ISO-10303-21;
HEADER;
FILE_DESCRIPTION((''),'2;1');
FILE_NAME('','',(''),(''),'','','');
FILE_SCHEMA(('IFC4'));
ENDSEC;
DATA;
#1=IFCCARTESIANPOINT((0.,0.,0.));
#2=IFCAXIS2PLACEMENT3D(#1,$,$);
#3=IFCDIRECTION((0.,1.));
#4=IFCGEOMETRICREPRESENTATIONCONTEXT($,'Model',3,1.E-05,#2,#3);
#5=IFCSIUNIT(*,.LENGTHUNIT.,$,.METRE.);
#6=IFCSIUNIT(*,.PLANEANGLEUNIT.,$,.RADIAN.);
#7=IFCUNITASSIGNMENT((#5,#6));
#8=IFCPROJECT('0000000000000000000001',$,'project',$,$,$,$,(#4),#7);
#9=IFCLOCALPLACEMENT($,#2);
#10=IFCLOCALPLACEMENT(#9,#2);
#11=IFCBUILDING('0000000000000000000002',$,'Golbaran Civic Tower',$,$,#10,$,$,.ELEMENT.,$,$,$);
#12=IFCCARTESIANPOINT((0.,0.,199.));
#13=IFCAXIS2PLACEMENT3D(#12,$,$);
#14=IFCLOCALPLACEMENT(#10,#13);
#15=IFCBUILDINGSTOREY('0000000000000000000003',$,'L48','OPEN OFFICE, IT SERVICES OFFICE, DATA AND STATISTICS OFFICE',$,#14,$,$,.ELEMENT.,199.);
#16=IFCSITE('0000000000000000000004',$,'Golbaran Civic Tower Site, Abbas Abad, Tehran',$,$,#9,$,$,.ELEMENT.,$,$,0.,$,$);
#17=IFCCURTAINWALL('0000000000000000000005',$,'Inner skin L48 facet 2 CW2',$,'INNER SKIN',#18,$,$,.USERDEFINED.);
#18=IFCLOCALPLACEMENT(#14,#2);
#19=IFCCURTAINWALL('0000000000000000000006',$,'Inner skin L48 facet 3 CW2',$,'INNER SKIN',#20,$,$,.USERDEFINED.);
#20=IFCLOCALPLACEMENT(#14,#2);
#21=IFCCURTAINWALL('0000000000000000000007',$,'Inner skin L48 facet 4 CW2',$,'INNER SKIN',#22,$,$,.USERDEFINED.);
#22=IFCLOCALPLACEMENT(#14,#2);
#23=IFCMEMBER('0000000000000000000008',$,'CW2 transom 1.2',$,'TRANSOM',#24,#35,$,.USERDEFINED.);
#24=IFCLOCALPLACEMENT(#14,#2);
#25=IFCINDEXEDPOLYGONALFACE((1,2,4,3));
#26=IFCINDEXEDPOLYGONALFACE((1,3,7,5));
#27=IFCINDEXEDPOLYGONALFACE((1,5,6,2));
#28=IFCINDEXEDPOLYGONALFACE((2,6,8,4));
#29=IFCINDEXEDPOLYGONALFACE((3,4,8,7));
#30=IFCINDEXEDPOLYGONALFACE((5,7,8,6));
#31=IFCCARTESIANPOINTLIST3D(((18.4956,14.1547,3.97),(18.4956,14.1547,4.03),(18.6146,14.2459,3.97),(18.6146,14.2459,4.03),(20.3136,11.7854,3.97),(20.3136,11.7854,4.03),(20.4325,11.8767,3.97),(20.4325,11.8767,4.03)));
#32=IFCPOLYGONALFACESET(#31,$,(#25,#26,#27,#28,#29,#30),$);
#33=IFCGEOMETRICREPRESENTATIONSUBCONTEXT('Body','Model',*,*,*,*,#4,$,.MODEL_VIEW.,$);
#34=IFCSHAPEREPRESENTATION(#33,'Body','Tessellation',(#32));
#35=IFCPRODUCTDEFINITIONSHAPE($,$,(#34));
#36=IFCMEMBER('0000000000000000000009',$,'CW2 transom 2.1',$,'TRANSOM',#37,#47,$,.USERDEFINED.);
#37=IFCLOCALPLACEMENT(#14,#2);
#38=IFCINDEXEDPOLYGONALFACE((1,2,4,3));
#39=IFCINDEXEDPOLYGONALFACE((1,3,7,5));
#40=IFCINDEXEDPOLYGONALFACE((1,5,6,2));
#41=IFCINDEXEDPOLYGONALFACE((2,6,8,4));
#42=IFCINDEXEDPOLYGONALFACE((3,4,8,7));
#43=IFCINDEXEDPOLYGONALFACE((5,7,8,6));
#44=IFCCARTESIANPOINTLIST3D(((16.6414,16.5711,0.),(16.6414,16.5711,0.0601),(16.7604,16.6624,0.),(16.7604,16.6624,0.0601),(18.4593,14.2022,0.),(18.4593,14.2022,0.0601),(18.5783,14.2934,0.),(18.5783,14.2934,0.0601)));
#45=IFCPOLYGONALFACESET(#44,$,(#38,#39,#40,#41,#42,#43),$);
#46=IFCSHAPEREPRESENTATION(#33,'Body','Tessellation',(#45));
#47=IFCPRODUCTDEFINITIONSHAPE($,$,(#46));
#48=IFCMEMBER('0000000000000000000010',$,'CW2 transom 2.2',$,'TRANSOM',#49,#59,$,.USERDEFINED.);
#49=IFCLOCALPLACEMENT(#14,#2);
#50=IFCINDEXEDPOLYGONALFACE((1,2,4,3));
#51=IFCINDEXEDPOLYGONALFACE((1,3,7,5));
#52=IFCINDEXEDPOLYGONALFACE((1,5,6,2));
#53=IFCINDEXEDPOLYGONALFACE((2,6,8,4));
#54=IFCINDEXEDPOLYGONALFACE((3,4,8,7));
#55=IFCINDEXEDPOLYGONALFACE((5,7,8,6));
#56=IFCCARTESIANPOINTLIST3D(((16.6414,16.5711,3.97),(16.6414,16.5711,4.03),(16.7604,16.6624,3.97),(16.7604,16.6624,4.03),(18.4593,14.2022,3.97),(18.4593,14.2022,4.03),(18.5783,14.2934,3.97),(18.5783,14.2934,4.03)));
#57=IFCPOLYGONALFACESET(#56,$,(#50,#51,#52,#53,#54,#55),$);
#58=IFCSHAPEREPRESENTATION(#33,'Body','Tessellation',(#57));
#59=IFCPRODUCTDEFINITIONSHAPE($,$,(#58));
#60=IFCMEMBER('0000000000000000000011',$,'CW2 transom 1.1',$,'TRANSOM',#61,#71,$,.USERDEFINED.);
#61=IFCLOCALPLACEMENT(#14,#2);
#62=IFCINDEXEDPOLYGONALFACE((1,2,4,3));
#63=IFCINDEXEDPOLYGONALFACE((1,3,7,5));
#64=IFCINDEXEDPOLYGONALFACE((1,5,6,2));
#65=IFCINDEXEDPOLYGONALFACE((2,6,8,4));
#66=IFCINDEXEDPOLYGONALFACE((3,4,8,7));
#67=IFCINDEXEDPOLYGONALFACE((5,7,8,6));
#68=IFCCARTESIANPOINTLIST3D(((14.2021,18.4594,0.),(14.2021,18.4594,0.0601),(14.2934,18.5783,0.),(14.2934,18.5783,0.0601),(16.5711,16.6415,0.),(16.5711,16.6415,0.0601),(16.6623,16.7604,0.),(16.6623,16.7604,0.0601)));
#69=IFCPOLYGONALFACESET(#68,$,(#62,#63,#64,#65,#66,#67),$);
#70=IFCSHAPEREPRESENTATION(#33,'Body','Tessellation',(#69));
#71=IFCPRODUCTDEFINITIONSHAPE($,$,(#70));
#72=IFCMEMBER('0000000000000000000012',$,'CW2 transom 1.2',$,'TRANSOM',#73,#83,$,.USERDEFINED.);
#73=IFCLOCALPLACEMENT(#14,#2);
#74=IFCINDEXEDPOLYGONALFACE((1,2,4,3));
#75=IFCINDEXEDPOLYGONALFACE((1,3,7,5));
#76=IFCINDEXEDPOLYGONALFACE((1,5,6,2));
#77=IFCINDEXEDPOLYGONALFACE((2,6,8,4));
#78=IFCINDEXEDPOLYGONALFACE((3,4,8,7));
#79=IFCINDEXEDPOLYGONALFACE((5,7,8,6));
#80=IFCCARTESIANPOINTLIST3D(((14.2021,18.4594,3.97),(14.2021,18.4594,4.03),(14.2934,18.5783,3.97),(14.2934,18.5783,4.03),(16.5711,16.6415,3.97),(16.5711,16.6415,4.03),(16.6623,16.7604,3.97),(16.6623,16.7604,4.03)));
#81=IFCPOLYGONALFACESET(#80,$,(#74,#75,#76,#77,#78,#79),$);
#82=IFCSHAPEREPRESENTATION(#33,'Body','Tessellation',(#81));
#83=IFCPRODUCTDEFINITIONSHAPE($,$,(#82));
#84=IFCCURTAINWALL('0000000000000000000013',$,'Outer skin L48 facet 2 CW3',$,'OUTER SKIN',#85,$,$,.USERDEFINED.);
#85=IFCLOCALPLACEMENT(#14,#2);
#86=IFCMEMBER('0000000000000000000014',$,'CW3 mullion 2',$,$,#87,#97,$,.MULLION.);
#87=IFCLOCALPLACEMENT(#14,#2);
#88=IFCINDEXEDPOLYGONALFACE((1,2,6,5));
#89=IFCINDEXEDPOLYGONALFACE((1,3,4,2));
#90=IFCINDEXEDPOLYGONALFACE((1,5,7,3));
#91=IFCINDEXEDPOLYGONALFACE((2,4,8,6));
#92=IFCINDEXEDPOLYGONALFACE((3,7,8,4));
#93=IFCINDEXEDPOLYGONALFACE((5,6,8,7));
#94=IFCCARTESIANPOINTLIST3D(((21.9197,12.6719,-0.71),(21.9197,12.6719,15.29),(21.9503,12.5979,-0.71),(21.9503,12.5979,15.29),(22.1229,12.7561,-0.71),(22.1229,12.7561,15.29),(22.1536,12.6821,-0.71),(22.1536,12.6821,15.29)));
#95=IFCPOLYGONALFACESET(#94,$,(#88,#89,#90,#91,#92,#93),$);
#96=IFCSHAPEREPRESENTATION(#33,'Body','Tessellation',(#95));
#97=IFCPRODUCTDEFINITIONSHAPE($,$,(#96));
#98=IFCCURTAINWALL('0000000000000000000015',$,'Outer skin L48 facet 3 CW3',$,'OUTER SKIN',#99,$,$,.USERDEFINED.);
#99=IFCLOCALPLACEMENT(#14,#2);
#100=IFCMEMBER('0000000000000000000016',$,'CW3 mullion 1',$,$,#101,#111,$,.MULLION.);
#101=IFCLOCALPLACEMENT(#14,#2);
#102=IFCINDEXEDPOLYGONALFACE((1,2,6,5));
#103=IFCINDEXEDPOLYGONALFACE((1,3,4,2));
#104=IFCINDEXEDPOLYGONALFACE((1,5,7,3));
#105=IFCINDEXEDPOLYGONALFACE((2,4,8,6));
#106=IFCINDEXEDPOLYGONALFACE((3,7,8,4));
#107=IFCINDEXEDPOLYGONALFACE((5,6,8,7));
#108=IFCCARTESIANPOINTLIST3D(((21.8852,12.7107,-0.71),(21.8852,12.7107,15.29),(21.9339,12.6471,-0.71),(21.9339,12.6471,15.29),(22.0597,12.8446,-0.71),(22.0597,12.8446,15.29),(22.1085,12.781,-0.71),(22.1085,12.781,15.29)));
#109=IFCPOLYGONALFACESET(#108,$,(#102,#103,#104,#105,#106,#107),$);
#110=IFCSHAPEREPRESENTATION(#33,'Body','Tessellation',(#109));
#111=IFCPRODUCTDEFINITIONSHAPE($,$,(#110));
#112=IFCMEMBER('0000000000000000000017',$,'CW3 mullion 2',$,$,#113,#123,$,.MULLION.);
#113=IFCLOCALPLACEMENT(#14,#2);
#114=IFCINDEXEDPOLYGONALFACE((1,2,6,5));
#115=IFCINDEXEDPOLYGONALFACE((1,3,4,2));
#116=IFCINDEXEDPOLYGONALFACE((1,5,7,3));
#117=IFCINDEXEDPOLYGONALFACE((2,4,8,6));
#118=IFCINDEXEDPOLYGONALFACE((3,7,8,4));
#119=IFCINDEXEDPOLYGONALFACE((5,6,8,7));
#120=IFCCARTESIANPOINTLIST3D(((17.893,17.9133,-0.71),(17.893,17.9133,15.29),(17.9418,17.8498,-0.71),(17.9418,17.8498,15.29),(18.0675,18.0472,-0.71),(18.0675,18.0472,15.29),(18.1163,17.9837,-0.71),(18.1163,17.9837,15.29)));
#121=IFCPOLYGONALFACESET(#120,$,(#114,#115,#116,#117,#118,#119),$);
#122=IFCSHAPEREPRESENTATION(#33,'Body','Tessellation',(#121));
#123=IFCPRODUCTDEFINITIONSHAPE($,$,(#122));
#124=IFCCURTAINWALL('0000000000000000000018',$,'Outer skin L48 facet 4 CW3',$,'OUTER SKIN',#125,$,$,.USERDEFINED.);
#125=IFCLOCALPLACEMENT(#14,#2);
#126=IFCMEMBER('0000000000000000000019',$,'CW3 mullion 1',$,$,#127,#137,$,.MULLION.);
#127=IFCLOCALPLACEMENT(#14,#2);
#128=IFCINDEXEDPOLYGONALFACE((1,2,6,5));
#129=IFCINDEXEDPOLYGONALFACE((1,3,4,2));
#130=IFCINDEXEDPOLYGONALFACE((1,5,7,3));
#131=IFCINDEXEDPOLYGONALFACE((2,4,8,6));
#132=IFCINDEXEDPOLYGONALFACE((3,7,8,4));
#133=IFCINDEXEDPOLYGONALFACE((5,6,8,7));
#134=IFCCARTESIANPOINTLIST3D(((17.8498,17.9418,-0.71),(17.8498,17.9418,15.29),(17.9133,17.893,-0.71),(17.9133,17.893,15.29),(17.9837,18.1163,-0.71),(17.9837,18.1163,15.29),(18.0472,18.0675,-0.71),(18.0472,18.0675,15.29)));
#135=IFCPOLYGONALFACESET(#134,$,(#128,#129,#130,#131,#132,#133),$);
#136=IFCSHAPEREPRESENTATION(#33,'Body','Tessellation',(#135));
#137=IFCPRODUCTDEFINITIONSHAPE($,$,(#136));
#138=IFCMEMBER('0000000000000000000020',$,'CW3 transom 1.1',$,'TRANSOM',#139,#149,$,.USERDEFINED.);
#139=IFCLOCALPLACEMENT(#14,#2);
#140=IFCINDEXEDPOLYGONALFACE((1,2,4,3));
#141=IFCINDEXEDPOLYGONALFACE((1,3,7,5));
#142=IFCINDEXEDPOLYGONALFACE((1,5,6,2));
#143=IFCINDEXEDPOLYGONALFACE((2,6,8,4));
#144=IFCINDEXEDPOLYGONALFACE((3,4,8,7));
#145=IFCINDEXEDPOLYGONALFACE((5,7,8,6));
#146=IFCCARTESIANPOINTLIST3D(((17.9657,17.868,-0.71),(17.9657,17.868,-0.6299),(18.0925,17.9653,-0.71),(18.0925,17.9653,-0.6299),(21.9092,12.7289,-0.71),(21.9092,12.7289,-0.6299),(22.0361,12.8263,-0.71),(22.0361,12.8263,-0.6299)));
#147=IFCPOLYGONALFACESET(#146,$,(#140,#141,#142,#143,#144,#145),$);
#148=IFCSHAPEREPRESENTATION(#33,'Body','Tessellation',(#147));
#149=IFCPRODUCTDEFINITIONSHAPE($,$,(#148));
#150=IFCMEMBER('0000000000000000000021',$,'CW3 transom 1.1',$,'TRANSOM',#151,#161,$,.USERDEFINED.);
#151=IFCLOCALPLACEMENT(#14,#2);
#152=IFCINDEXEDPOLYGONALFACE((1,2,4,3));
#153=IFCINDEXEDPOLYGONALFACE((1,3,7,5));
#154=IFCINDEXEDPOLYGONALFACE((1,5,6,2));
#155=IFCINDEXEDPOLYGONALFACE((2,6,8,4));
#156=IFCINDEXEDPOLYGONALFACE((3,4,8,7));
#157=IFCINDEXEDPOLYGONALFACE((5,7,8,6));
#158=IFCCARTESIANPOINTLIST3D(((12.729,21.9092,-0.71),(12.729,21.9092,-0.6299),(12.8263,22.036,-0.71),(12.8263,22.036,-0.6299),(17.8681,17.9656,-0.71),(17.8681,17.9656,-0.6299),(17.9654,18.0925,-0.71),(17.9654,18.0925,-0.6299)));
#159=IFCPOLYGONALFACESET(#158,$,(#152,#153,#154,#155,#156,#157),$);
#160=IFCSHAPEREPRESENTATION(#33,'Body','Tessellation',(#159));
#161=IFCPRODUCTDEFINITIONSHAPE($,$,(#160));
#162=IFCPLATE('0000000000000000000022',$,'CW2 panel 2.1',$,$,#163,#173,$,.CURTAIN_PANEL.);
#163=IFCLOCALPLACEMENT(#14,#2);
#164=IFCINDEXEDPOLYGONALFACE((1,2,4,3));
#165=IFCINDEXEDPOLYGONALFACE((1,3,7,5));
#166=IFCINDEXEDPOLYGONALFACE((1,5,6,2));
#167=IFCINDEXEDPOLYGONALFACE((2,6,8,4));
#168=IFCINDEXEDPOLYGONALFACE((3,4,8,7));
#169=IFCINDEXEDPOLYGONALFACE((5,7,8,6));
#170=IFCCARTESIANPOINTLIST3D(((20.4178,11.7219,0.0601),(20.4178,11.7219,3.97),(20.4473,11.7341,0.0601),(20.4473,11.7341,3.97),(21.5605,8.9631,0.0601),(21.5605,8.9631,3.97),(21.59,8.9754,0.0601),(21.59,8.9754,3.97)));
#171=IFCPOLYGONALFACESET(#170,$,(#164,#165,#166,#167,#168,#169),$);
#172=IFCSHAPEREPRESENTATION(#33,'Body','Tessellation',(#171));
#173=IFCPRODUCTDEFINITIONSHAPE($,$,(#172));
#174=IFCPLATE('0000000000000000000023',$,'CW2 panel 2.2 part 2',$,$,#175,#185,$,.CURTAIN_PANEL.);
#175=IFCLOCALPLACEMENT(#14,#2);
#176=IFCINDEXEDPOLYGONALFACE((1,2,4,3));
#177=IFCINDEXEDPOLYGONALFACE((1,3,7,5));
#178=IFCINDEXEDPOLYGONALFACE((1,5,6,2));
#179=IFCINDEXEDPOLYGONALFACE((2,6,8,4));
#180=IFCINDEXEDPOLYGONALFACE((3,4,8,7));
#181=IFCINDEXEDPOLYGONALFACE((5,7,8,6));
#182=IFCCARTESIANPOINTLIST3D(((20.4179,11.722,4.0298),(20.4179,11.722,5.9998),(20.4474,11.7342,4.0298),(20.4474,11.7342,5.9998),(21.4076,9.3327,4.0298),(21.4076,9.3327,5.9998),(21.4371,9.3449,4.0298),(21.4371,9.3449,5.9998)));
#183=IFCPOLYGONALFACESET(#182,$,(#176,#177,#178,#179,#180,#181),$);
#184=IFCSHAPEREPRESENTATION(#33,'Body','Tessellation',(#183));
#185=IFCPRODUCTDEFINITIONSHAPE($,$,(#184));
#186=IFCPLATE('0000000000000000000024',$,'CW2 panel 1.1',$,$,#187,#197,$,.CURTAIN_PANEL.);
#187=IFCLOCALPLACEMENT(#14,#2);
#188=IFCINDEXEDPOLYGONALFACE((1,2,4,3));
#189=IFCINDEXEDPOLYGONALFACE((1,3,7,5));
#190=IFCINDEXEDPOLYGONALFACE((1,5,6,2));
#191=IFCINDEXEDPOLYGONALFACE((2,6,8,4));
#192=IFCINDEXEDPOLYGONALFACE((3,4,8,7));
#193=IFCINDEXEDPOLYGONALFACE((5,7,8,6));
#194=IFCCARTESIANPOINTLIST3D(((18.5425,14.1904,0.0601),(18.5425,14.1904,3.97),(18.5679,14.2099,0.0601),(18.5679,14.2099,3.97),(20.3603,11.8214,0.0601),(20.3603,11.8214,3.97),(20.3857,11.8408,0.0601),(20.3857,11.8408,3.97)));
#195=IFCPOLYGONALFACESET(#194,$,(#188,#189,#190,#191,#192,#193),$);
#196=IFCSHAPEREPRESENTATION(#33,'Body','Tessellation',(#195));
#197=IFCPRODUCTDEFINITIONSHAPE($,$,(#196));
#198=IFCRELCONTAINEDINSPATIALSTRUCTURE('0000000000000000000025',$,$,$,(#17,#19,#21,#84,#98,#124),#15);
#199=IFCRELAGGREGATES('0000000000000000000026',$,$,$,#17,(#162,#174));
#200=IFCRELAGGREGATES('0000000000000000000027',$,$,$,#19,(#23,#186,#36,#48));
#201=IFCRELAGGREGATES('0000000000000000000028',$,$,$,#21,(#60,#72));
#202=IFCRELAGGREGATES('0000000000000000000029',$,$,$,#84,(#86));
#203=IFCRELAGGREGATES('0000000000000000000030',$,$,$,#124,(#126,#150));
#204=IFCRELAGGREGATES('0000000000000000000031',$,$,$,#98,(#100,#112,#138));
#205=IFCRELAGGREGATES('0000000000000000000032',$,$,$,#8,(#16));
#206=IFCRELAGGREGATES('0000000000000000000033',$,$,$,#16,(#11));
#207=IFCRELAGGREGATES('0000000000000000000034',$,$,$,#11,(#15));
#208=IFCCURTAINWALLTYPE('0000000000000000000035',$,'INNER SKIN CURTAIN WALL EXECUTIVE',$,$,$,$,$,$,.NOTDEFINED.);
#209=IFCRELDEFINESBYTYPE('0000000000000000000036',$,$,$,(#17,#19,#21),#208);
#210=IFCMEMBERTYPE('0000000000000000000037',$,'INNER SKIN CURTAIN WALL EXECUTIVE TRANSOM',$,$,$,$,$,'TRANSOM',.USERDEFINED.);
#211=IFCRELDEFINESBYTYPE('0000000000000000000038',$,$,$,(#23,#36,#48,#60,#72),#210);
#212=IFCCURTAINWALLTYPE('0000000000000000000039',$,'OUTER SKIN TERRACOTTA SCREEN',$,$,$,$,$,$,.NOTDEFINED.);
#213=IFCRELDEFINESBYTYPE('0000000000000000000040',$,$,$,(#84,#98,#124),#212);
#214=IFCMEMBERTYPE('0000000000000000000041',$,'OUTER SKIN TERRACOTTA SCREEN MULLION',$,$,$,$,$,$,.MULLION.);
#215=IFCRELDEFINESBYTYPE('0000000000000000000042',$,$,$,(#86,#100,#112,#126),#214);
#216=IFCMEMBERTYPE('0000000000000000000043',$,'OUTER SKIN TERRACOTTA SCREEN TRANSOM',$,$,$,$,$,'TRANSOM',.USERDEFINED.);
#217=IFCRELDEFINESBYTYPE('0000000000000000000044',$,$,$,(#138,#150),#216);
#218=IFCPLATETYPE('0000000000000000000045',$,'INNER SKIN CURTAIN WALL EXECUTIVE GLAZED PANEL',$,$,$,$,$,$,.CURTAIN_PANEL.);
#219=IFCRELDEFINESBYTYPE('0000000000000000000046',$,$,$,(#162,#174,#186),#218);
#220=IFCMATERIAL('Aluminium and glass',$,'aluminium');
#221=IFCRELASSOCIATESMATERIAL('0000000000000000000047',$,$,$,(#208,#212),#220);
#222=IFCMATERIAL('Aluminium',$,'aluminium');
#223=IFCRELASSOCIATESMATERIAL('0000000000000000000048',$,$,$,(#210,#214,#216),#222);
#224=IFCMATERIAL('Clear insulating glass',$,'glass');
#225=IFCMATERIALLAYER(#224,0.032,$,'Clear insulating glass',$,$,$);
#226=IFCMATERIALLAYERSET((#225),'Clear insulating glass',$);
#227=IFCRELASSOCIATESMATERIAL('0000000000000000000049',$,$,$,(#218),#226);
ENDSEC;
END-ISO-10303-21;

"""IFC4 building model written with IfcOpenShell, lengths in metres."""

from ifc_helpers import new_model, si_unit, direction, frame, origin, origin_2d, place, context, subcontext, project, spatial, rectangle, extrude, material, layer, layer_set, material_profile, profile_set, type_object, element, aggregate, save


model = new_model("IFC4")

# Units and contexts
model_context = context("Model", 3, precision=1e-05, world=origin(), true_north=direction((0.0, 1.0)))
body_context = subcontext(model_context, "Body", "Model", "MODEL_VIEW")
ifc_project = project(units=[si_unit("LENGTHUNIT", "METRE"), si_unit("PLANEANGLEUNIT", "RADIAN")], contexts=[model_context])

# Site, building, storey
site_placement = place(None, origin())
site = spatial("IfcSite", under=ifc_project, at=site_placement, Name="Golbaran Civic Tower Site, Abbas Abad, Tehran", CompositionType="ELEMENT", RefElevation=0.0)
building_placement = place(site_placement, origin())
building = spatial("IfcBuilding", under=site, at=building_placement, Name="Golbaran Civic Tower", CompositionType="ELEMENT")
storey_placement = place(building_placement, frame((0.0, 0.0, 199.0)))
storey = spatial("IfcBuildingStorey", under=building, at=storey_placement, Name="L48", Description="OPEN OFFICE, IT SERVICES OFFICE, DATA AND STATISTICS OFFICE", CompositionType="ELEMENT", Elevation=199.0)

# Curtain wall
ifc_material_1 = material(Name="Aluminium and glass", Category="aluminium")
curtain_wall_type_1 = type_object("IfcCurtainWallType", Name="INNER SKIN CURTAIN WALL EXECUTIVE", PredefinedType="NOTDEFINED", material=ifc_material_1)
curtain_wall_1_placement = place(storey_placement, origin())
curtain_wall_1 = element("IfcCurtainWall", 1, at=curtain_wall_1_placement, inside=storey, type_object=curtain_wall_type_1, Name="Inner skin L48 facet 2 CW2", ObjectType="INNER SKIN", PredefinedType="USERDEFINED")
ifc_material_2 = material(Name="Aluminium", Category="aluminium")

# Curtain wall
curtain_wall_2_placement = place(storey_placement, origin())
curtain_wall_2 = element("IfcCurtainWall", 2, at=curtain_wall_2_placement, inside=storey, type_object=curtain_wall_type_1, Name="Inner skin L48 facet 3 CW2", ObjectType="INNER SKIN", PredefinedType="USERDEFINED")

# Curtain wall
curtain_wall_3_placement = place(storey_placement, origin())
curtain_wall_3 = element("IfcCurtainWall", 3, at=curtain_wall_3_placement, inside=storey, type_object=curtain_wall_type_1, Name="Inner skin L48 facet 4 CW2", ObjectType="INNER SKIN", PredefinedType="USERDEFINED")

# Members
ifc_material_profile_1 = material_profile(ifc_material_2, rectangle(XDim=0.1499, YDim=0.0601, at=origin_2d()), Name="INNER SKIN CURTAIN WALL EXECUTIVE TRANSOM")
ifc_profile_set_1 = profile_set([ifc_material_profile_1], Name="Aluminium")
member_type_1 = type_object("IfcMemberType", Name="INNER SKIN CURTAIN WALL EXECUTIVE TRANSOM", ElementType="TRANSOM", PredefinedType="USERDEFINED", material=ifc_profile_set_1)
member_1_placement = place(storey_placement, frame((20.373, 11.8311, 4.0), z_axis=(-0.608754, 0.793359, 0.0), x_axis=(-0.793359, -0.608754, 0.0)))
member_1 = element("IfcMember", 4, at=member_1_placement, type_object=member_type_1, Name="CW2 transom 1.2", ObjectType="TRANSOM", PredefinedType="USERDEFINED", context=body_context, shape_type="SweptSolid", body=[
    extrude(rectangle(XDim=0.1499, YDim=0.0601, at=origin_2d()), origin(), (0.0, 0.0, 1.0), 2.9863),
])
member_2_placement = place(storey_placement, frame((18.5188, 14.2478, 0.03), z_axis=(-0.608794, 0.793329, 0.0), x_axis=(-0.793329, -0.608794, 0.0)))
member_2 = element("IfcMember", 5, at=member_2_placement, type_object=member_type_1, Name="CW2 transom 2.1", ObjectType="TRANSOM", PredefinedType="USERDEFINED", context=body_context, shape_type="SweptSolid", body=[
    extrude(rectangle(XDim=0.1499, YDim=0.0601, at=origin_2d()), origin(), (0.0, 0.0, 1.0), 2.9861),
])
member_3_placement = place(storey_placement, frame((18.5188, 14.2478, 4.0), z_axis=(-0.608794, 0.793329, 0.0), x_axis=(-0.793329, -0.608794, 0.0)))
member_3 = element("IfcMember", 6, at=member_3_placement, type_object=member_type_1, Name="CW2 transom 2.2", ObjectType="TRANSOM", PredefinedType="USERDEFINED", context=body_context, shape_type="SweptSolid", body=[
    extrude(rectangle(XDim=0.1499, YDim=0.0601, at=origin_2d()), origin(), (0.0, 0.0, 1.0), 2.9861),
])
member_4_placement = place(storey_placement, frame((16.6167, 16.7009, 0.03), z_axis=(-0.793329, 0.608794, 0.0), x_axis=(-0.608794, -0.793329, 0.0)))
member_4 = element("IfcMember", 7, at=member_4_placement, type_object=member_type_1, Name="CW2 transom 1.1", ObjectType="TRANSOM", PredefinedType="USERDEFINED", context=body_context, shape_type="SweptSolid", body=[
    extrude(rectangle(XDim=0.1499, YDim=0.0601, at=origin_2d()), origin(), (0.0, 0.0, 1.0), 2.9861),
])
member_5_placement = place(storey_placement, frame((16.6167, 16.7009, 4.0), z_axis=(-0.793329, 0.608794, 0.0), x_axis=(-0.608794, -0.793329, 0.0)))
member_5 = element("IfcMember", 8, at=member_5_placement, type_object=member_type_1, Name="CW2 transom 1.2", ObjectType="TRANSOM", PredefinedType="USERDEFINED", context=body_context, shape_type="SweptSolid", body=[
    extrude(rectangle(XDim=0.1499, YDim=0.0601, at=origin_2d()), origin(), (0.0, 0.0, 1.0), 2.9861),
])

# Curtain wall, member
curtain_wall_type_2 = type_object("IfcCurtainWallType", Name="OUTER SKIN TERRACOTTA SCREEN", PredefinedType="NOTDEFINED", material=ifc_material_1)
curtain_wall_4_placement = place(storey_placement, origin())
curtain_wall_4 = element("IfcCurtainWall", 9, at=curtain_wall_4_placement, inside=storey, type_object=curtain_wall_type_2, Name="Outer skin L48 facet 2 CW3", ObjectType="OUTER SKIN", PredefinedType="USERDEFINED")
ifc_material_profile_2 = material_profile(ifc_material_2, rectangle(XDim=0.22, YDim=0.0801, at=origin_2d()), Name="OUTER SKIN TERRACOTTA SCREEN MULLION")
ifc_profile_set_2 = profile_set([ifc_material_profile_2], Name="Aluminium")
member_type_2 = type_object("IfcMemberType", Name="OUTER SKIN TERRACOTTA SCREEN MULLION", PredefinedType="MULLION", material=ifc_profile_set_2)
member_6_placement = place(storey_placement, frame((22.0366, 12.677, -0.71), z_axis=(0.0, 0.0, 1.0), x_axis=(-0.92388, -0.382683, 0.0)))
member_6 = element("IfcMember", 10, at=member_6_placement, type_object=member_type_2, Name="CW3 mullion 2", PredefinedType="MULLION", context=body_context, shape_type="SweptSolid", body=[
    extrude(rectangle(XDim=0.22, YDim=0.0801, at=origin_2d()), origin(), (0.0, 0.0, 1.0), 16.0),
])

# Curtain wall, members
curtain_wall_5_placement = place(storey_placement, origin())
curtain_wall_5 = element("IfcCurtainWall", 11, at=curtain_wall_5_placement, inside=storey, type_object=curtain_wall_type_2, Name="Outer skin L48 facet 3 CW3", ObjectType="OUTER SKIN", PredefinedType="USERDEFINED")
member_7_placement = place(storey_placement, frame((21.9968, 12.7458, -0.71), z_axis=(0.0, 0.0, 1.0), x_axis=(-0.793353, -0.608761, 0.0)))
member_7 = element("IfcMember", 12, at=member_7_placement, type_object=member_type_2, Name="CW3 mullion 1", PredefinedType="MULLION", context=body_context, shape_type="SweptSolid", body=[
    extrude(rectangle(XDim=0.22, YDim=0.0801, at=origin_2d()), origin(), (0.0, 0.0, 1.0), 16.0),
])
member_8_placement = place(storey_placement, frame((18.0046, 17.9485, -0.71), z_axis=(0.0, 0.0, 1.0), x_axis=(-0.793353, -0.608761, 0.0)))
member_8 = element("IfcMember", 13, at=member_8_placement, type_object=member_type_2, Name="CW3 mullion 2", PredefinedType="MULLION", context=body_context, shape_type="SweptSolid", body=[
    extrude(rectangle(XDim=0.22, YDim=0.0801, at=origin_2d()), origin(), (0.0, 0.0, 1.0), 16.0),
])

# Curtain wall, member
curtain_wall_6_placement = place(storey_placement, origin())
curtain_wall_6 = element("IfcCurtainWall", 14, at=curtain_wall_6_placement, inside=storey, type_object=curtain_wall_type_2, Name="Outer skin L48 facet 4 CW3", ObjectType="OUTER SKIN", PredefinedType="USERDEFINED")
member_9_placement = place(storey_placement, frame((17.9485, 18.0046, -0.71), z_axis=(0.0, 0.0, 1.0), x_axis=(-0.608761, -0.793353, 0.0)))
member_9 = element("IfcMember", 15, at=member_9_placement, type_object=member_type_2, Name="CW3 mullion 1", PredefinedType="MULLION", context=body_context, shape_type="SweptSolid", body=[
    extrude(rectangle(XDim=0.22, YDim=0.0801, at=origin_2d()), origin(), (0.0, 0.0, 1.0), 16.0),
])

# Members
ifc_material_profile_3 = material_profile(ifc_material_2, rectangle(XDim=0.1599, YDim=0.0801, at=origin_2d()), Name="OUTER SKIN TERRACOTTA SCREEN TRANSOM")
ifc_profile_set_3 = profile_set([ifc_material_profile_3], Name="Aluminium")
member_type_3 = type_object("IfcMemberType", Name="OUTER SKIN TERRACOTTA SCREEN TRANSOM", ElementType="TRANSOM", PredefinedType="USERDEFINED", material=ifc_profile_set_3)
member_10_placement = place(storey_placement, frame((21.9727, 12.7776, -0.6699), z_axis=(-0.60878, 0.793339, 0.0), x_axis=(-0.793339, -0.60878, 0.0)))
member_10 = element("IfcMember", 16, at=member_10_placement, type_object=member_type_3, Name="CW3 transom 1.1", ObjectType="TRANSOM", PredefinedType="USERDEFINED", context=body_context, shape_type="SweptSolid", body=[
    extrude(rectangle(XDim=0.1599, YDim=0.0801, at=origin_2d()), origin(), (0.0, 0.0, 1.0), 6.4778),
])
member_11_placement = place(storey_placement, frame((17.9167, 18.0291, -0.6699), z_axis=(-0.793339, 0.60878, 0.0), x_axis=(-0.60878, -0.793339, 0.0)))
member_11 = element("IfcMember", 17, at=member_11_placement, type_object=member_type_3, Name="CW3 transom 1.1", ObjectType="TRANSOM", PredefinedType="USERDEFINED", context=body_context, shape_type="SweptSolid", body=[
    extrude(rectangle(XDim=0.1599, YDim=0.0801, at=origin_2d()), origin(), (0.0, 0.0, 1.0), 6.4778),
])

# Plates
ifc_material_3 = material(Name="Clear insulating glass", Category="glass")
ifc_layer_1 = layer(ifc_material_3, 0.032, Name="Clear insulating glass")
ifc_layer_set_1 = layer_set([ifc_layer_1], Name="Clear insulating glass")
plate_type_1 = type_object("IfcPlateType", Name="INNER SKIN CURTAIN WALL EXECUTIVE GLAZED PANEL", PredefinedType="CURTAIN_PANEL", material=ifc_layer_set_1)
plate_1_placement = place(storey_placement, frame((21.0039, 10.3486, 0.0601), z_axis=(0.0, 0.0, 1.0), x_axis=(-0.382683, 0.92388, 0.0)))
plate_1 = element("IfcPlate", 18, at=plate_1_placement, type_object=plate_type_1, Name="CW2 panel 2.1", PredefinedType="CURTAIN_PANEL", context=body_context, shape_type="SweptSolid", body=[
    extrude(rectangle(XDim=2.9861, YDim=0.032, at=origin_2d()), origin(), (0.0, 0.0, 1.0), 3.9099),
])
plate_2_placement = place(storey_placement, frame((20.9275, 10.5334, 4.0298), z_axis=(0.0, 0.0, 1.0), x_axis=(-0.382683, 0.92388, 0.0)))
plate_2 = element("IfcPlate", 19, at=plate_2_placement, type_object=plate_type_1, Name="CW2 panel 2.2 part 2", PredefinedType="CURTAIN_PANEL", context=body_context, shape_type="SweptSolid", body=[
    extrude(rectangle(XDim=2.5862, YDim=0.032, at=origin_2d()), origin(), (0.0, 0.0, 1.0), 1.97),
])
plate_3_placement = place(storey_placement, frame((19.4641, 13.0156, 0.0601), z_axis=(0.0, 0.0, 1.0), x_axis=(-0.608761, 0.793353, 0.0)))
plate_3 = element("IfcPlate", 20, at=plate_3_placement, type_object=plate_type_1, Name="CW2 panel 1.1", PredefinedType="CURTAIN_PANEL", context=body_context, shape_type="SweptSolid", body=[
    extrude(rectangle(XDim=2.9861, YDim=0.032, at=origin_2d()), origin(), (0.0, 0.0, 1.0), 3.9099),
])
aggregate(curtain_wall_1, [plate_1, plate_2])
aggregate(curtain_wall_2, [member_1, plate_3, member_2, member_3])
aggregate(curtain_wall_3, [member_4, member_5])
aggregate(curtain_wall_4, [member_6])
aggregate(curtain_wall_6, [member_9, member_11])
aggregate(curtain_wall_5, [member_7, member_8, member_10])

save(model, "model.ifc")
